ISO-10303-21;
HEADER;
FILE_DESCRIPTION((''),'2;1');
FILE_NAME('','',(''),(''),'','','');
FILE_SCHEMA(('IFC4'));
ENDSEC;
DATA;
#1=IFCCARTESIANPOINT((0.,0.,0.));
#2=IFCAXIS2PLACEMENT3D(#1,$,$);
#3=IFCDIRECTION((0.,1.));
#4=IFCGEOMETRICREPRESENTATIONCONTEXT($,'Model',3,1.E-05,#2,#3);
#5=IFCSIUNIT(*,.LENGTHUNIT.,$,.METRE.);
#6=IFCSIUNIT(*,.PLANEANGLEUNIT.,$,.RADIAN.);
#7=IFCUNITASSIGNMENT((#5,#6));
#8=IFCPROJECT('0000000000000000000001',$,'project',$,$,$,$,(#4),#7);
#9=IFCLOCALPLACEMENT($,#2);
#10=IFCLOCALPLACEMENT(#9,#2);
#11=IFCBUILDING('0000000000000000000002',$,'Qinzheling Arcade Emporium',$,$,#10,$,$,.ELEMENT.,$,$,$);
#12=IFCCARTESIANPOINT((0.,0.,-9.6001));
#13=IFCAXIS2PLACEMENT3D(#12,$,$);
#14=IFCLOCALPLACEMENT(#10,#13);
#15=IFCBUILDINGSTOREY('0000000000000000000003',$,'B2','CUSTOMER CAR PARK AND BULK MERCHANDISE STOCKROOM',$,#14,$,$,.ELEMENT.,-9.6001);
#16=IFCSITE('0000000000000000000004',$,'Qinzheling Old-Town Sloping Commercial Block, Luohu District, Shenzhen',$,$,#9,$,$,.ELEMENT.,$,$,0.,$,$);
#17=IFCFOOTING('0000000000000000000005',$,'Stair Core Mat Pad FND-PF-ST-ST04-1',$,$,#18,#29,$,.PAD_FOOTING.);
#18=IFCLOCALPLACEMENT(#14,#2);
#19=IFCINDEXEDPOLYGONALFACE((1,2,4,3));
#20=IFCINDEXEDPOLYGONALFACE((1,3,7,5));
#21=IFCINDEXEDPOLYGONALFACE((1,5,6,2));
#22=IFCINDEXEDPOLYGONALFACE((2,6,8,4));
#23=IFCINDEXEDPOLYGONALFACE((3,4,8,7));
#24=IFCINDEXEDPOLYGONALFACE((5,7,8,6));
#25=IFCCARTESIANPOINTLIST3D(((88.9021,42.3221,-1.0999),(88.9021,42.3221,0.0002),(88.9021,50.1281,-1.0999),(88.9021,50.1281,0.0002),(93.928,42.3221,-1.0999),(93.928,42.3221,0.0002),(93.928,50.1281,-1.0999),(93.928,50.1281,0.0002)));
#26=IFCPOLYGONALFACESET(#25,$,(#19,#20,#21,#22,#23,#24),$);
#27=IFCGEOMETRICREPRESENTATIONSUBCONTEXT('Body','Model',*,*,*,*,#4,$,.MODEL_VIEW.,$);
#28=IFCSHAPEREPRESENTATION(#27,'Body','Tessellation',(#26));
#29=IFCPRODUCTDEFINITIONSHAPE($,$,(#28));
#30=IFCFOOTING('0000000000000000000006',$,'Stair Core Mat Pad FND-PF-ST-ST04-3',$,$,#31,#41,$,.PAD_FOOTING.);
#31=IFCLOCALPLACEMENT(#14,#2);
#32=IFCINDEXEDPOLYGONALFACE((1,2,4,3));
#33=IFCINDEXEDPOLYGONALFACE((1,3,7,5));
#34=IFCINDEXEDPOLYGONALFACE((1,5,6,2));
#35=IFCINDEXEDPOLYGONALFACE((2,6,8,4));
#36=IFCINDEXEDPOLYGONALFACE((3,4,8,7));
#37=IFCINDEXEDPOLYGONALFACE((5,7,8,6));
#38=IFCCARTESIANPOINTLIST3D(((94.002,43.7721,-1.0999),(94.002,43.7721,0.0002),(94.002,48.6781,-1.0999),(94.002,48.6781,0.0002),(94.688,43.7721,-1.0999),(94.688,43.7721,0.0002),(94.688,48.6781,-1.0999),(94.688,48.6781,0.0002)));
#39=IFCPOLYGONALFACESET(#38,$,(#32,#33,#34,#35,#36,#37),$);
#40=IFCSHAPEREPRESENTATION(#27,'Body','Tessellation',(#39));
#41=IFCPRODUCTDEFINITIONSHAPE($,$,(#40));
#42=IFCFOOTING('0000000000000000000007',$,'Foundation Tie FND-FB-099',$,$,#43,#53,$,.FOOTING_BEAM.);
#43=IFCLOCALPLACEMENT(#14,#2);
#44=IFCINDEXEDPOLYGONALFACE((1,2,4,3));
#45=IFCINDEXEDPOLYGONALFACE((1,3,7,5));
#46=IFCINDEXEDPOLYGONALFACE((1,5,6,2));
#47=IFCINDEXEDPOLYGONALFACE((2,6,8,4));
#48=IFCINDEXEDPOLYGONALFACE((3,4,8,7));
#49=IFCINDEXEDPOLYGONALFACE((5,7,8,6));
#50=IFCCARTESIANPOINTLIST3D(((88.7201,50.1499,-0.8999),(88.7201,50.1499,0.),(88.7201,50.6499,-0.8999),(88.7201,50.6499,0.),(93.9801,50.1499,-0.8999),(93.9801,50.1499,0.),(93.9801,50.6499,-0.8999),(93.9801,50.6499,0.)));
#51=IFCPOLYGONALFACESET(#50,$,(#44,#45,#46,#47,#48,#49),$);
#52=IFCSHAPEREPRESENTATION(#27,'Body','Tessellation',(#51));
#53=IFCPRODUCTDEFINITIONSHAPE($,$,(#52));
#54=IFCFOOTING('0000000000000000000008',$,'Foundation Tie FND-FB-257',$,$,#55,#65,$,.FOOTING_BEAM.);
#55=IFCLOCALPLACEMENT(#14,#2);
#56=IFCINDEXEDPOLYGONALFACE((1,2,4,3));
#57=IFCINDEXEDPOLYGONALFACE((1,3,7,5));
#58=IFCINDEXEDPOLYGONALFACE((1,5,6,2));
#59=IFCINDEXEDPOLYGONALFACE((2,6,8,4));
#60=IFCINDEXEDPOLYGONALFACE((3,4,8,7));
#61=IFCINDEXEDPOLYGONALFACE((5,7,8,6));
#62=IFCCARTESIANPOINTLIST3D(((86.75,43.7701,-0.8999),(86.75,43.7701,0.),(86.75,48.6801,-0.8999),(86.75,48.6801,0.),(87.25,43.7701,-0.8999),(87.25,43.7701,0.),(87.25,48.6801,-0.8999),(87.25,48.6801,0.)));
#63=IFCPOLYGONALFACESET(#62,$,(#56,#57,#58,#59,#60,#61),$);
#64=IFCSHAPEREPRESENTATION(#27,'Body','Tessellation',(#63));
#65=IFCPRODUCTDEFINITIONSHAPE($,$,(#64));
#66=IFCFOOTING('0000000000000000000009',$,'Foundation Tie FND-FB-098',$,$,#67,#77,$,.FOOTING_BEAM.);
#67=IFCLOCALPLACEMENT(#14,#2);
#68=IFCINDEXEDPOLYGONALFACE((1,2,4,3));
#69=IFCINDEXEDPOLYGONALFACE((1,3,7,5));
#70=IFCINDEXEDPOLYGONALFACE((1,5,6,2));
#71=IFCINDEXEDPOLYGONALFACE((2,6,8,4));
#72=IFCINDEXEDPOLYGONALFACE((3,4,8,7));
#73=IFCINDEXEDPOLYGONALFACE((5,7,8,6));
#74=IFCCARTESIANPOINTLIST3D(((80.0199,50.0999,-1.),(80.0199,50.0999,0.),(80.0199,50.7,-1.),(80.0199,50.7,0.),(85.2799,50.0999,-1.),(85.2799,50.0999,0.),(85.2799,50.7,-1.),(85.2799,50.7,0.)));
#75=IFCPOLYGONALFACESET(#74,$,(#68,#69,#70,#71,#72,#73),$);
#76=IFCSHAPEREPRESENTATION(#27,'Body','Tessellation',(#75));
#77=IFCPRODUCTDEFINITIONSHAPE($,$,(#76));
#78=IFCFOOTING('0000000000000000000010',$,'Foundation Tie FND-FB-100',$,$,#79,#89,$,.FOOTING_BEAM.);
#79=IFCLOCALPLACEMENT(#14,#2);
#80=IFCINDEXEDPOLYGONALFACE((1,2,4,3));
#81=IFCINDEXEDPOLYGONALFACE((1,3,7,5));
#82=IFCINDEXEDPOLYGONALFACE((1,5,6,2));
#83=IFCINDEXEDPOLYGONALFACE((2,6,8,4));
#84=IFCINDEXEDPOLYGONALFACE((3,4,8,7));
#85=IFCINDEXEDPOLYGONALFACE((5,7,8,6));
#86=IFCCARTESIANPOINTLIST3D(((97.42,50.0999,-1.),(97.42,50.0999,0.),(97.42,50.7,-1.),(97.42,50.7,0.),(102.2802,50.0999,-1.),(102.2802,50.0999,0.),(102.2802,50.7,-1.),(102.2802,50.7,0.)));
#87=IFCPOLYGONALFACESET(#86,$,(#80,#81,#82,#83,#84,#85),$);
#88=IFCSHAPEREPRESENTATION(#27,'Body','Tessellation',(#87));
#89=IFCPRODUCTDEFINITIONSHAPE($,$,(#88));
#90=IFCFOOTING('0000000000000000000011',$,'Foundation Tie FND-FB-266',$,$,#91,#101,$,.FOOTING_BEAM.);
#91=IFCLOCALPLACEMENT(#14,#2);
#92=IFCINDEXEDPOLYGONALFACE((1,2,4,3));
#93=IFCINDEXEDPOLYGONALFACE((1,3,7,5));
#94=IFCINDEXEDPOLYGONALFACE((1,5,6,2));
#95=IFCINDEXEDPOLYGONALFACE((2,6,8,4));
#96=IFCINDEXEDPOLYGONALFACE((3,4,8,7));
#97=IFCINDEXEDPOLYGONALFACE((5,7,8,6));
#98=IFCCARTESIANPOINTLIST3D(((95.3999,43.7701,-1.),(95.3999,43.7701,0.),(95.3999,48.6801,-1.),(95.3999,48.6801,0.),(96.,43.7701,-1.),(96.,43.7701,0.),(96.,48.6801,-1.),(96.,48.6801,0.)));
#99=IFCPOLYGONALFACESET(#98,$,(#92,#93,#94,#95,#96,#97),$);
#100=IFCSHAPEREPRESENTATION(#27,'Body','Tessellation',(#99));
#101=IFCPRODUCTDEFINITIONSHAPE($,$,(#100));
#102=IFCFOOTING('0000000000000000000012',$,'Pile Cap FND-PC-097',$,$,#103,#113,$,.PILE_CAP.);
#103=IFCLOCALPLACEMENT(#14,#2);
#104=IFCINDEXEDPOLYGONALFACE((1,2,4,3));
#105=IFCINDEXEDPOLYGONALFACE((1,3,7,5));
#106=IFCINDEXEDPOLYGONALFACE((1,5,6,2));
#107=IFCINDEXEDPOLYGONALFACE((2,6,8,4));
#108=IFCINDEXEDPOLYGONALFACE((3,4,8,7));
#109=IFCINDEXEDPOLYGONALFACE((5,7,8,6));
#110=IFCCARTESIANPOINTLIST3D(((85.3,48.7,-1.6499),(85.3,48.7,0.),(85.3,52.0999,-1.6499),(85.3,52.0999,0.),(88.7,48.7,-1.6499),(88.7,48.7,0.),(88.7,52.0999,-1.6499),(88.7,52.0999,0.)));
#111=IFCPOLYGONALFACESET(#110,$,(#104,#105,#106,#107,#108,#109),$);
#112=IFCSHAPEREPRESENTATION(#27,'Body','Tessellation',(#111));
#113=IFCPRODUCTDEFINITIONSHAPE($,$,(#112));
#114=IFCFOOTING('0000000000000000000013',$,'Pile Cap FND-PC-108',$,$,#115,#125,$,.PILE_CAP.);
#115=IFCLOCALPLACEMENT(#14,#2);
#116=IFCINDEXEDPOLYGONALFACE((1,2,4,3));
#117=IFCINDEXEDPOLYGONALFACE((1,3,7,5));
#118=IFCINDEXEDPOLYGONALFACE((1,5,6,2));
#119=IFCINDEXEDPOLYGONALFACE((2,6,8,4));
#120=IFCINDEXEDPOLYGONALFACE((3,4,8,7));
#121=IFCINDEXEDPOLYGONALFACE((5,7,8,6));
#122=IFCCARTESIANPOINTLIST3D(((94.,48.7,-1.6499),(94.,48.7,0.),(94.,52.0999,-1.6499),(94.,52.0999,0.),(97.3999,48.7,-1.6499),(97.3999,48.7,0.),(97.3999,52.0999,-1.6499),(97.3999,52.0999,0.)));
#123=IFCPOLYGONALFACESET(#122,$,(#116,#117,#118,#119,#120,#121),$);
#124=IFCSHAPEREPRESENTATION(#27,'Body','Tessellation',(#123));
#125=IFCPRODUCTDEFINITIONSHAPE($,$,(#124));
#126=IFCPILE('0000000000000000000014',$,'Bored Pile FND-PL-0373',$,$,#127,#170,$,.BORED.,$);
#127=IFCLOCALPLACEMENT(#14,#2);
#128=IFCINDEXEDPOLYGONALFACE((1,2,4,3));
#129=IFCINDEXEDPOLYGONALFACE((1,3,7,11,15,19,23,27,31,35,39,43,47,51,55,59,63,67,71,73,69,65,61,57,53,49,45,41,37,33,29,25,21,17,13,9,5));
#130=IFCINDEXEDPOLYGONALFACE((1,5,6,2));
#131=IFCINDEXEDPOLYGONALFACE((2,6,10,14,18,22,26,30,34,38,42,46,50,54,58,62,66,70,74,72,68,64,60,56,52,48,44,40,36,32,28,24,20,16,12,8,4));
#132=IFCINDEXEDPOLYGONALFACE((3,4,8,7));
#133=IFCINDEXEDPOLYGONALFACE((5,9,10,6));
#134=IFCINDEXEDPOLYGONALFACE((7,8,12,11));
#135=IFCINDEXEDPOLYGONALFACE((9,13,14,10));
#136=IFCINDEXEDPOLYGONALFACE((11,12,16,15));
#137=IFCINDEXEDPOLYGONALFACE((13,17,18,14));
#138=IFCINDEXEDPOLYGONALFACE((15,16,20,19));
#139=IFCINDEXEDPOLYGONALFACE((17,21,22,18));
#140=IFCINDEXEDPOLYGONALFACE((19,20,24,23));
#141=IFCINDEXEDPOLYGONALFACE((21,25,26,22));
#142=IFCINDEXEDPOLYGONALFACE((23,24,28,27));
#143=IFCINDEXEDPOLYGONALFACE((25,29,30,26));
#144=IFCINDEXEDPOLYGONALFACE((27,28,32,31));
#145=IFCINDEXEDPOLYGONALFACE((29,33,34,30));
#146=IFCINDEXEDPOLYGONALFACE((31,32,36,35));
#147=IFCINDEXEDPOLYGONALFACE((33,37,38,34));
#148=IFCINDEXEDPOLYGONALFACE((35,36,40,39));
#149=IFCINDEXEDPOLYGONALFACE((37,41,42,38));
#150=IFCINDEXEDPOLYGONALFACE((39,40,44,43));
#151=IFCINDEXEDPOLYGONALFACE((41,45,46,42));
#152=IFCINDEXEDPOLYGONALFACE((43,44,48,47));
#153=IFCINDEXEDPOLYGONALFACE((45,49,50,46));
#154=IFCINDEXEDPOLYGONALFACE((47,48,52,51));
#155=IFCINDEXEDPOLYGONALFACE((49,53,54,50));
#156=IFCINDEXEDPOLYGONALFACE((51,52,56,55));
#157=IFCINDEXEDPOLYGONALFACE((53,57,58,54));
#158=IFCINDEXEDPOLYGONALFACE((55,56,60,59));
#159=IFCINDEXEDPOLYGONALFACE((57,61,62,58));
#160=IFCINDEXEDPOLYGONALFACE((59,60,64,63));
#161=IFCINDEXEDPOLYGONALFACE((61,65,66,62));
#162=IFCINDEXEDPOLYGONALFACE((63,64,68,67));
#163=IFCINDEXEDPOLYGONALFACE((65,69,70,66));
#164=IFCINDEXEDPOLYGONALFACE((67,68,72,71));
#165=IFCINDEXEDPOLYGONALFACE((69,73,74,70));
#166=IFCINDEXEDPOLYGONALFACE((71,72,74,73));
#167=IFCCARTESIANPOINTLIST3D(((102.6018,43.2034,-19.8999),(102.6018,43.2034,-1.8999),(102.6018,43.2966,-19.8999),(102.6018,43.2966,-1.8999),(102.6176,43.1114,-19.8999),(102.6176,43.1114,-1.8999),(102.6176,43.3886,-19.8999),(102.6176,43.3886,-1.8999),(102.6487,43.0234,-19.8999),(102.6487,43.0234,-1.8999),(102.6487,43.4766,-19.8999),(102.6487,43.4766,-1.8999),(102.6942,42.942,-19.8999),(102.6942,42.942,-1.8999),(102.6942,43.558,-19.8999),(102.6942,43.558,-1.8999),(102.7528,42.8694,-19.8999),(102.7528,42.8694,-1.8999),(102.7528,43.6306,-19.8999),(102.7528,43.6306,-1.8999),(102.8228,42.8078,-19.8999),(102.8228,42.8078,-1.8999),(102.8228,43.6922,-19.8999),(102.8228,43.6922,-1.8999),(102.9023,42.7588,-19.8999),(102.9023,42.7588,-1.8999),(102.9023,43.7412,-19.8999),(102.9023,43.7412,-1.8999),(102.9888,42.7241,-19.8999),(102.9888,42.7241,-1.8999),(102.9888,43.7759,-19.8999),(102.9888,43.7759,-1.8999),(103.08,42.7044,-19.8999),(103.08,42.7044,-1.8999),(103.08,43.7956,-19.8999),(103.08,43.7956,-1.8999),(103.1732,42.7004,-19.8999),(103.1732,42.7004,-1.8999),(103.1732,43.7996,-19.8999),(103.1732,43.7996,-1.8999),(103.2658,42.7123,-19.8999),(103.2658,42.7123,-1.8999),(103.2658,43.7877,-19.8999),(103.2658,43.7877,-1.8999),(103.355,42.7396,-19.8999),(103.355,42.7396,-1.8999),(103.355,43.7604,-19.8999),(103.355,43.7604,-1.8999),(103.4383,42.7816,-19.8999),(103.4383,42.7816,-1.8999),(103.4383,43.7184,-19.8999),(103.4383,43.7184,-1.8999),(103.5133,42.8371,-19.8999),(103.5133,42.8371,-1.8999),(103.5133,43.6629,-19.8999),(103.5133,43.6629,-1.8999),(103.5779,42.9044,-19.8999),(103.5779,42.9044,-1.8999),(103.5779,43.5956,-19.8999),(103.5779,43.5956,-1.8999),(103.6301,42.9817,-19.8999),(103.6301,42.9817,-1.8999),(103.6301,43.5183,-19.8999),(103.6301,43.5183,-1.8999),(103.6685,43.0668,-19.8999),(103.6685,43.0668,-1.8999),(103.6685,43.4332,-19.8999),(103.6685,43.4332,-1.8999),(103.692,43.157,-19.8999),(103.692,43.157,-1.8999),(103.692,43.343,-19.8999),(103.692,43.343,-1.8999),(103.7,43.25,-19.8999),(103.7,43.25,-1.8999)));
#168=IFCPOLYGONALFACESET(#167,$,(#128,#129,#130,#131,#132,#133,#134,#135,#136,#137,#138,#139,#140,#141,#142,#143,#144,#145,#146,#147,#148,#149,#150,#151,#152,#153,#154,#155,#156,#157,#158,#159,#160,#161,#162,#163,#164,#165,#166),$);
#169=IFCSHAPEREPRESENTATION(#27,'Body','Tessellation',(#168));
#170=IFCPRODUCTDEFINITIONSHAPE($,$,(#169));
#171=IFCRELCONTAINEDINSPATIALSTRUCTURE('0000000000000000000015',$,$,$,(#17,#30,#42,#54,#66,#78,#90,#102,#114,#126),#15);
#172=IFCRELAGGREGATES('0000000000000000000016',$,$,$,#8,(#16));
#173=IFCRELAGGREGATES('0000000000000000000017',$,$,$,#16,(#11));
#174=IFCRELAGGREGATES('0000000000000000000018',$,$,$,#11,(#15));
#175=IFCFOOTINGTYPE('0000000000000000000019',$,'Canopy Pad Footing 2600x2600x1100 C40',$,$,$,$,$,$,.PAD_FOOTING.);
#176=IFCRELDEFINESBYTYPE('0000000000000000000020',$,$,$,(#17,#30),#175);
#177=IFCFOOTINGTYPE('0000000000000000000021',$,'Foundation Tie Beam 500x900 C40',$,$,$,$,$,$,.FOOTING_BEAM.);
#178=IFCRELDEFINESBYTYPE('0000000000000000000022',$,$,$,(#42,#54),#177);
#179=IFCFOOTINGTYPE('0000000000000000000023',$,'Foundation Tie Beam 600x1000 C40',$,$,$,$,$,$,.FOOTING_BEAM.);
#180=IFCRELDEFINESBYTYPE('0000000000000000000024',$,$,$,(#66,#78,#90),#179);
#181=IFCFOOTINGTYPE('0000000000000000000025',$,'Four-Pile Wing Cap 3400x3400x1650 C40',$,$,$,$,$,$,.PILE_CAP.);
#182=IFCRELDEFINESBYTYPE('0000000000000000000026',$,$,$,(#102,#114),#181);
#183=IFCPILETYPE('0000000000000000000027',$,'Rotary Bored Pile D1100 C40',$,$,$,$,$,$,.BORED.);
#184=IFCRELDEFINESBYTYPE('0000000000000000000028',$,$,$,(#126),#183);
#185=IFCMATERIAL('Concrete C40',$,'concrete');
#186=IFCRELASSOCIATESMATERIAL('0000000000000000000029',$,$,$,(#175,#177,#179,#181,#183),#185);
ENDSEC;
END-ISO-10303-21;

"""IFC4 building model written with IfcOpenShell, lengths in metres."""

from ifc_helpers import new_model, si_unit, direction, frame, origin, origin_2d, place, context, subcontext, project, spatial, rectangle, circle, extrude, material, material_profile, profile_set, type_object, element, save


model = new_model("IFC4")

# Units and contexts
model_context = context("Model", 3, precision=1e-05, world=origin(), true_north=direction((0.0, 1.0)))
body_context = subcontext(model_context, "Body", "Model", "MODEL_VIEW")
ifc_project = project(units=[si_unit("LENGTHUNIT", "METRE"), si_unit("PLANEANGLEUNIT", "RADIAN")], contexts=[model_context])

# Site, building, storey
site_placement = place(None, origin())
site = spatial("IfcSite", under=ifc_project, at=site_placement, Name="Qinzheling Old-Town Sloping Commercial Block, Luohu District, Shenzhen", CompositionType="ELEMENT", RefElevation=0.0)
building_placement = place(site_placement, origin())
building = spatial("IfcBuilding", under=site, at=building_placement, Name="Qinzheling Arcade Emporium", CompositionType="ELEMENT")
storey_placement = place(building_placement, frame((0.0, 0.0, -9.6001)))
storey = spatial("IfcBuildingStorey", under=building, at=storey_placement, Name="B2", Description="CUSTOMER CAR PARK AND BULK MERCHANDISE STOCKROOM", CompositionType="ELEMENT", Elevation=-9.6001)

# Footings
ifc_material_1 = material(Name="Concrete C40", Category="concrete")
footing_type_1 = type_object("IfcFootingType", Name="Canopy Pad Footing 2600x2600x1100 C40", PredefinedType="PAD_FOOTING", material=ifc_material_1)
footing_1_placement = place(storey_placement, frame((91.415, 46.2251, -1.0999), z_axis=(0.0, 0.0, 1.0), x_axis=(1.0, 0.0, 0.0)))
element("IfcFooting", 1, at=footing_1_placement, inside=storey, type_object=footing_type_1, Name="Stair Core Mat Pad FND-PF-ST-ST04-1", PredefinedType="PAD_FOOTING", context=body_context, shape_type="SweptSolid", body=[
    extrude(rectangle(XDim=5.0259, YDim=7.8059, at=origin_2d()), origin(), (0.0, 0.0, 1.0), 1.1001),
])
footing_2_placement = place(storey_placement, frame((94.345, 46.2251, -1.0999), z_axis=(0.0, 0.0, 1.0), x_axis=(1.0, 0.0, 0.0)))
element("IfcFooting", 2, at=footing_2_placement, inside=storey, type_object=footing_type_1, Name="Stair Core Mat Pad FND-PF-ST-ST04-3", PredefinedType="PAD_FOOTING", context=body_context, shape_type="SweptSolid", body=[
    extrude(rectangle(XDim=0.686, YDim=4.906, at=origin_2d()), origin(), (0.0, 0.0, 1.0), 1.1001),
])
footing_type_2 = type_object("IfcFootingType", Name="Foundation Tie Beam 500x900 C40", PredefinedType="FOOTING_BEAM", material=ifc_material_1)
footing_3_placement = place(storey_placement, frame((91.3501, 50.3999, -0.8999), z_axis=(0.0, 0.0, 1.0), x_axis=(1.0, 0.0, 0.0)))
element("IfcFooting", 3, at=footing_3_placement, inside=storey, type_object=footing_type_2, Name="Foundation Tie FND-FB-099", PredefinedType="FOOTING_BEAM", context=body_context, shape_type="SweptSolid", body=[
    extrude(rectangle(XDim=5.26, YDim=0.5, at=origin_2d()), origin(), (0.0, 0.0, 1.0), 0.8999),
])
footing_4_placement = place(storey_placement, frame((87.0, 46.2251, -0.8999), z_axis=(0.0, 0.0, 1.0), x_axis=(1.0, 0.0, 0.0)))
element("IfcFooting", 4, at=footing_4_placement, inside=storey, type_object=footing_type_2, Name="Foundation Tie FND-FB-257", PredefinedType="FOOTING_BEAM", context=body_context, shape_type="SweptSolid", body=[
    extrude(rectangle(XDim=0.5, YDim=4.9099, at=origin_2d()), origin(), (0.0, 0.0, 1.0), 0.8999),
])
footing_type_3 = type_object("IfcFootingType", Name="Foundation Tie Beam 600x1000 C40", PredefinedType="FOOTING_BEAM", material=ifc_material_1)
footing_5_placement = place(storey_placement, frame((82.6499, 50.3999, -1.0), z_axis=(0.0, 0.0, 1.0), x_axis=(1.0, 0.0, 0.0)))
element("IfcFooting", 5, at=footing_5_placement, inside=storey, type_object=footing_type_3, Name="Foundation Tie FND-FB-098", PredefinedType="FOOTING_BEAM", context=body_context, shape_type="SweptSolid", body=[
    extrude(rectangle(XDim=5.26, YDim=0.6001, at=origin_2d()), origin(), (0.0, 0.0, 1.0), 1.0),
])
footing_6_placement = place(storey_placement, frame((99.8501, 50.3999, -1.0), z_axis=(0.0, 0.0, 1.0), x_axis=(1.0, 0.0, 0.0)))
element("IfcFooting", 6, at=footing_6_placement, inside=storey, type_object=footing_type_3, Name="Foundation Tie FND-FB-100", PredefinedType="FOOTING_BEAM", context=body_context, shape_type="SweptSolid", body=[
    extrude(rectangle(XDim=4.8601, YDim=0.6001, at=origin_2d()), origin(), (0.0, 0.0, 1.0), 1.0),
])
footing_7_placement = place(storey_placement, frame((95.7, 46.2251, -1.0), z_axis=(0.0, 0.0, 1.0), x_axis=(1.0, 0.0, 0.0)))
element("IfcFooting", 7, at=footing_7_placement, inside=storey, type_object=footing_type_3, Name="Foundation Tie FND-FB-266", PredefinedType="FOOTING_BEAM", context=body_context, shape_type="SweptSolid", body=[
    extrude(rectangle(XDim=0.6001, YDim=4.9099, at=origin_2d()), origin(), (0.0, 0.0, 1.0), 1.0),
])
footing_type_4 = type_object("IfcFootingType", Name="Four-Pile Wing Cap 3400x3400x1650 C40", PredefinedType="PILE_CAP", material=ifc_material_1)
for number, where, z_axis, x_axis, name in (
    (8, (87.0, 50.3999, -1.6499), (0.0, 0.0, 1.0), (1.0, 0.0, 0.0), "Pile Cap FND-PC-097"),
    (9, (95.7, 50.3999, -1.6499), (0.0, 0.0, 1.0), (1.0, 0.0, 0.0), "Pile Cap FND-PC-108"),
):
    element("IfcFooting", number, at=place(storey_placement, frame(where, z_axis=z_axis, x_axis=x_axis)), inside=storey, type_object=footing_type_4, Name=name, PredefinedType="PILE_CAP", context=body_context, shape_type="SweptSolid", body=[
        extrude(rectangle(XDim=3.3999, YDim=3.3999, at=origin_2d()), origin(), (0.0, 0.0, 1.0), 1.6499),
    ])

# Pile
ifc_material_profile_1 = material_profile(ifc_material_1, circle(Radius=0.55, at=origin_2d()), Name="BORED D1100", Category="concrete")
ifc_profile_set_1 = profile_set([ifc_material_profile_1], Name="Concrete C40")
pile_type_1 = type_object("IfcPileType", Name="Rotary Bored Pile D1100 C40", PredefinedType="BORED", material=ifc_profile_set_1)
for number, where, z_axis, x_axis, name in (
    (10, (103.1499, 43.25, -1.8999), (0.0, 0.0, -1.0), (1.0, 0.0, 0.0), "Bored Pile FND-PL-0373"),
):
    element("IfcPile", number, at=place(storey_placement, frame(where, z_axis=z_axis, x_axis=x_axis)), inside=storey, type_object=pile_type_1, Name=name, PredefinedType="BORED", context=body_context, shape_type="SweptSolid", body=[
        extrude(circle(Radius=0.55, at=origin_2d()), origin(), (0.0, 0.0, 1.0), 18.0),
    ])

save(model, "model.ifc")
